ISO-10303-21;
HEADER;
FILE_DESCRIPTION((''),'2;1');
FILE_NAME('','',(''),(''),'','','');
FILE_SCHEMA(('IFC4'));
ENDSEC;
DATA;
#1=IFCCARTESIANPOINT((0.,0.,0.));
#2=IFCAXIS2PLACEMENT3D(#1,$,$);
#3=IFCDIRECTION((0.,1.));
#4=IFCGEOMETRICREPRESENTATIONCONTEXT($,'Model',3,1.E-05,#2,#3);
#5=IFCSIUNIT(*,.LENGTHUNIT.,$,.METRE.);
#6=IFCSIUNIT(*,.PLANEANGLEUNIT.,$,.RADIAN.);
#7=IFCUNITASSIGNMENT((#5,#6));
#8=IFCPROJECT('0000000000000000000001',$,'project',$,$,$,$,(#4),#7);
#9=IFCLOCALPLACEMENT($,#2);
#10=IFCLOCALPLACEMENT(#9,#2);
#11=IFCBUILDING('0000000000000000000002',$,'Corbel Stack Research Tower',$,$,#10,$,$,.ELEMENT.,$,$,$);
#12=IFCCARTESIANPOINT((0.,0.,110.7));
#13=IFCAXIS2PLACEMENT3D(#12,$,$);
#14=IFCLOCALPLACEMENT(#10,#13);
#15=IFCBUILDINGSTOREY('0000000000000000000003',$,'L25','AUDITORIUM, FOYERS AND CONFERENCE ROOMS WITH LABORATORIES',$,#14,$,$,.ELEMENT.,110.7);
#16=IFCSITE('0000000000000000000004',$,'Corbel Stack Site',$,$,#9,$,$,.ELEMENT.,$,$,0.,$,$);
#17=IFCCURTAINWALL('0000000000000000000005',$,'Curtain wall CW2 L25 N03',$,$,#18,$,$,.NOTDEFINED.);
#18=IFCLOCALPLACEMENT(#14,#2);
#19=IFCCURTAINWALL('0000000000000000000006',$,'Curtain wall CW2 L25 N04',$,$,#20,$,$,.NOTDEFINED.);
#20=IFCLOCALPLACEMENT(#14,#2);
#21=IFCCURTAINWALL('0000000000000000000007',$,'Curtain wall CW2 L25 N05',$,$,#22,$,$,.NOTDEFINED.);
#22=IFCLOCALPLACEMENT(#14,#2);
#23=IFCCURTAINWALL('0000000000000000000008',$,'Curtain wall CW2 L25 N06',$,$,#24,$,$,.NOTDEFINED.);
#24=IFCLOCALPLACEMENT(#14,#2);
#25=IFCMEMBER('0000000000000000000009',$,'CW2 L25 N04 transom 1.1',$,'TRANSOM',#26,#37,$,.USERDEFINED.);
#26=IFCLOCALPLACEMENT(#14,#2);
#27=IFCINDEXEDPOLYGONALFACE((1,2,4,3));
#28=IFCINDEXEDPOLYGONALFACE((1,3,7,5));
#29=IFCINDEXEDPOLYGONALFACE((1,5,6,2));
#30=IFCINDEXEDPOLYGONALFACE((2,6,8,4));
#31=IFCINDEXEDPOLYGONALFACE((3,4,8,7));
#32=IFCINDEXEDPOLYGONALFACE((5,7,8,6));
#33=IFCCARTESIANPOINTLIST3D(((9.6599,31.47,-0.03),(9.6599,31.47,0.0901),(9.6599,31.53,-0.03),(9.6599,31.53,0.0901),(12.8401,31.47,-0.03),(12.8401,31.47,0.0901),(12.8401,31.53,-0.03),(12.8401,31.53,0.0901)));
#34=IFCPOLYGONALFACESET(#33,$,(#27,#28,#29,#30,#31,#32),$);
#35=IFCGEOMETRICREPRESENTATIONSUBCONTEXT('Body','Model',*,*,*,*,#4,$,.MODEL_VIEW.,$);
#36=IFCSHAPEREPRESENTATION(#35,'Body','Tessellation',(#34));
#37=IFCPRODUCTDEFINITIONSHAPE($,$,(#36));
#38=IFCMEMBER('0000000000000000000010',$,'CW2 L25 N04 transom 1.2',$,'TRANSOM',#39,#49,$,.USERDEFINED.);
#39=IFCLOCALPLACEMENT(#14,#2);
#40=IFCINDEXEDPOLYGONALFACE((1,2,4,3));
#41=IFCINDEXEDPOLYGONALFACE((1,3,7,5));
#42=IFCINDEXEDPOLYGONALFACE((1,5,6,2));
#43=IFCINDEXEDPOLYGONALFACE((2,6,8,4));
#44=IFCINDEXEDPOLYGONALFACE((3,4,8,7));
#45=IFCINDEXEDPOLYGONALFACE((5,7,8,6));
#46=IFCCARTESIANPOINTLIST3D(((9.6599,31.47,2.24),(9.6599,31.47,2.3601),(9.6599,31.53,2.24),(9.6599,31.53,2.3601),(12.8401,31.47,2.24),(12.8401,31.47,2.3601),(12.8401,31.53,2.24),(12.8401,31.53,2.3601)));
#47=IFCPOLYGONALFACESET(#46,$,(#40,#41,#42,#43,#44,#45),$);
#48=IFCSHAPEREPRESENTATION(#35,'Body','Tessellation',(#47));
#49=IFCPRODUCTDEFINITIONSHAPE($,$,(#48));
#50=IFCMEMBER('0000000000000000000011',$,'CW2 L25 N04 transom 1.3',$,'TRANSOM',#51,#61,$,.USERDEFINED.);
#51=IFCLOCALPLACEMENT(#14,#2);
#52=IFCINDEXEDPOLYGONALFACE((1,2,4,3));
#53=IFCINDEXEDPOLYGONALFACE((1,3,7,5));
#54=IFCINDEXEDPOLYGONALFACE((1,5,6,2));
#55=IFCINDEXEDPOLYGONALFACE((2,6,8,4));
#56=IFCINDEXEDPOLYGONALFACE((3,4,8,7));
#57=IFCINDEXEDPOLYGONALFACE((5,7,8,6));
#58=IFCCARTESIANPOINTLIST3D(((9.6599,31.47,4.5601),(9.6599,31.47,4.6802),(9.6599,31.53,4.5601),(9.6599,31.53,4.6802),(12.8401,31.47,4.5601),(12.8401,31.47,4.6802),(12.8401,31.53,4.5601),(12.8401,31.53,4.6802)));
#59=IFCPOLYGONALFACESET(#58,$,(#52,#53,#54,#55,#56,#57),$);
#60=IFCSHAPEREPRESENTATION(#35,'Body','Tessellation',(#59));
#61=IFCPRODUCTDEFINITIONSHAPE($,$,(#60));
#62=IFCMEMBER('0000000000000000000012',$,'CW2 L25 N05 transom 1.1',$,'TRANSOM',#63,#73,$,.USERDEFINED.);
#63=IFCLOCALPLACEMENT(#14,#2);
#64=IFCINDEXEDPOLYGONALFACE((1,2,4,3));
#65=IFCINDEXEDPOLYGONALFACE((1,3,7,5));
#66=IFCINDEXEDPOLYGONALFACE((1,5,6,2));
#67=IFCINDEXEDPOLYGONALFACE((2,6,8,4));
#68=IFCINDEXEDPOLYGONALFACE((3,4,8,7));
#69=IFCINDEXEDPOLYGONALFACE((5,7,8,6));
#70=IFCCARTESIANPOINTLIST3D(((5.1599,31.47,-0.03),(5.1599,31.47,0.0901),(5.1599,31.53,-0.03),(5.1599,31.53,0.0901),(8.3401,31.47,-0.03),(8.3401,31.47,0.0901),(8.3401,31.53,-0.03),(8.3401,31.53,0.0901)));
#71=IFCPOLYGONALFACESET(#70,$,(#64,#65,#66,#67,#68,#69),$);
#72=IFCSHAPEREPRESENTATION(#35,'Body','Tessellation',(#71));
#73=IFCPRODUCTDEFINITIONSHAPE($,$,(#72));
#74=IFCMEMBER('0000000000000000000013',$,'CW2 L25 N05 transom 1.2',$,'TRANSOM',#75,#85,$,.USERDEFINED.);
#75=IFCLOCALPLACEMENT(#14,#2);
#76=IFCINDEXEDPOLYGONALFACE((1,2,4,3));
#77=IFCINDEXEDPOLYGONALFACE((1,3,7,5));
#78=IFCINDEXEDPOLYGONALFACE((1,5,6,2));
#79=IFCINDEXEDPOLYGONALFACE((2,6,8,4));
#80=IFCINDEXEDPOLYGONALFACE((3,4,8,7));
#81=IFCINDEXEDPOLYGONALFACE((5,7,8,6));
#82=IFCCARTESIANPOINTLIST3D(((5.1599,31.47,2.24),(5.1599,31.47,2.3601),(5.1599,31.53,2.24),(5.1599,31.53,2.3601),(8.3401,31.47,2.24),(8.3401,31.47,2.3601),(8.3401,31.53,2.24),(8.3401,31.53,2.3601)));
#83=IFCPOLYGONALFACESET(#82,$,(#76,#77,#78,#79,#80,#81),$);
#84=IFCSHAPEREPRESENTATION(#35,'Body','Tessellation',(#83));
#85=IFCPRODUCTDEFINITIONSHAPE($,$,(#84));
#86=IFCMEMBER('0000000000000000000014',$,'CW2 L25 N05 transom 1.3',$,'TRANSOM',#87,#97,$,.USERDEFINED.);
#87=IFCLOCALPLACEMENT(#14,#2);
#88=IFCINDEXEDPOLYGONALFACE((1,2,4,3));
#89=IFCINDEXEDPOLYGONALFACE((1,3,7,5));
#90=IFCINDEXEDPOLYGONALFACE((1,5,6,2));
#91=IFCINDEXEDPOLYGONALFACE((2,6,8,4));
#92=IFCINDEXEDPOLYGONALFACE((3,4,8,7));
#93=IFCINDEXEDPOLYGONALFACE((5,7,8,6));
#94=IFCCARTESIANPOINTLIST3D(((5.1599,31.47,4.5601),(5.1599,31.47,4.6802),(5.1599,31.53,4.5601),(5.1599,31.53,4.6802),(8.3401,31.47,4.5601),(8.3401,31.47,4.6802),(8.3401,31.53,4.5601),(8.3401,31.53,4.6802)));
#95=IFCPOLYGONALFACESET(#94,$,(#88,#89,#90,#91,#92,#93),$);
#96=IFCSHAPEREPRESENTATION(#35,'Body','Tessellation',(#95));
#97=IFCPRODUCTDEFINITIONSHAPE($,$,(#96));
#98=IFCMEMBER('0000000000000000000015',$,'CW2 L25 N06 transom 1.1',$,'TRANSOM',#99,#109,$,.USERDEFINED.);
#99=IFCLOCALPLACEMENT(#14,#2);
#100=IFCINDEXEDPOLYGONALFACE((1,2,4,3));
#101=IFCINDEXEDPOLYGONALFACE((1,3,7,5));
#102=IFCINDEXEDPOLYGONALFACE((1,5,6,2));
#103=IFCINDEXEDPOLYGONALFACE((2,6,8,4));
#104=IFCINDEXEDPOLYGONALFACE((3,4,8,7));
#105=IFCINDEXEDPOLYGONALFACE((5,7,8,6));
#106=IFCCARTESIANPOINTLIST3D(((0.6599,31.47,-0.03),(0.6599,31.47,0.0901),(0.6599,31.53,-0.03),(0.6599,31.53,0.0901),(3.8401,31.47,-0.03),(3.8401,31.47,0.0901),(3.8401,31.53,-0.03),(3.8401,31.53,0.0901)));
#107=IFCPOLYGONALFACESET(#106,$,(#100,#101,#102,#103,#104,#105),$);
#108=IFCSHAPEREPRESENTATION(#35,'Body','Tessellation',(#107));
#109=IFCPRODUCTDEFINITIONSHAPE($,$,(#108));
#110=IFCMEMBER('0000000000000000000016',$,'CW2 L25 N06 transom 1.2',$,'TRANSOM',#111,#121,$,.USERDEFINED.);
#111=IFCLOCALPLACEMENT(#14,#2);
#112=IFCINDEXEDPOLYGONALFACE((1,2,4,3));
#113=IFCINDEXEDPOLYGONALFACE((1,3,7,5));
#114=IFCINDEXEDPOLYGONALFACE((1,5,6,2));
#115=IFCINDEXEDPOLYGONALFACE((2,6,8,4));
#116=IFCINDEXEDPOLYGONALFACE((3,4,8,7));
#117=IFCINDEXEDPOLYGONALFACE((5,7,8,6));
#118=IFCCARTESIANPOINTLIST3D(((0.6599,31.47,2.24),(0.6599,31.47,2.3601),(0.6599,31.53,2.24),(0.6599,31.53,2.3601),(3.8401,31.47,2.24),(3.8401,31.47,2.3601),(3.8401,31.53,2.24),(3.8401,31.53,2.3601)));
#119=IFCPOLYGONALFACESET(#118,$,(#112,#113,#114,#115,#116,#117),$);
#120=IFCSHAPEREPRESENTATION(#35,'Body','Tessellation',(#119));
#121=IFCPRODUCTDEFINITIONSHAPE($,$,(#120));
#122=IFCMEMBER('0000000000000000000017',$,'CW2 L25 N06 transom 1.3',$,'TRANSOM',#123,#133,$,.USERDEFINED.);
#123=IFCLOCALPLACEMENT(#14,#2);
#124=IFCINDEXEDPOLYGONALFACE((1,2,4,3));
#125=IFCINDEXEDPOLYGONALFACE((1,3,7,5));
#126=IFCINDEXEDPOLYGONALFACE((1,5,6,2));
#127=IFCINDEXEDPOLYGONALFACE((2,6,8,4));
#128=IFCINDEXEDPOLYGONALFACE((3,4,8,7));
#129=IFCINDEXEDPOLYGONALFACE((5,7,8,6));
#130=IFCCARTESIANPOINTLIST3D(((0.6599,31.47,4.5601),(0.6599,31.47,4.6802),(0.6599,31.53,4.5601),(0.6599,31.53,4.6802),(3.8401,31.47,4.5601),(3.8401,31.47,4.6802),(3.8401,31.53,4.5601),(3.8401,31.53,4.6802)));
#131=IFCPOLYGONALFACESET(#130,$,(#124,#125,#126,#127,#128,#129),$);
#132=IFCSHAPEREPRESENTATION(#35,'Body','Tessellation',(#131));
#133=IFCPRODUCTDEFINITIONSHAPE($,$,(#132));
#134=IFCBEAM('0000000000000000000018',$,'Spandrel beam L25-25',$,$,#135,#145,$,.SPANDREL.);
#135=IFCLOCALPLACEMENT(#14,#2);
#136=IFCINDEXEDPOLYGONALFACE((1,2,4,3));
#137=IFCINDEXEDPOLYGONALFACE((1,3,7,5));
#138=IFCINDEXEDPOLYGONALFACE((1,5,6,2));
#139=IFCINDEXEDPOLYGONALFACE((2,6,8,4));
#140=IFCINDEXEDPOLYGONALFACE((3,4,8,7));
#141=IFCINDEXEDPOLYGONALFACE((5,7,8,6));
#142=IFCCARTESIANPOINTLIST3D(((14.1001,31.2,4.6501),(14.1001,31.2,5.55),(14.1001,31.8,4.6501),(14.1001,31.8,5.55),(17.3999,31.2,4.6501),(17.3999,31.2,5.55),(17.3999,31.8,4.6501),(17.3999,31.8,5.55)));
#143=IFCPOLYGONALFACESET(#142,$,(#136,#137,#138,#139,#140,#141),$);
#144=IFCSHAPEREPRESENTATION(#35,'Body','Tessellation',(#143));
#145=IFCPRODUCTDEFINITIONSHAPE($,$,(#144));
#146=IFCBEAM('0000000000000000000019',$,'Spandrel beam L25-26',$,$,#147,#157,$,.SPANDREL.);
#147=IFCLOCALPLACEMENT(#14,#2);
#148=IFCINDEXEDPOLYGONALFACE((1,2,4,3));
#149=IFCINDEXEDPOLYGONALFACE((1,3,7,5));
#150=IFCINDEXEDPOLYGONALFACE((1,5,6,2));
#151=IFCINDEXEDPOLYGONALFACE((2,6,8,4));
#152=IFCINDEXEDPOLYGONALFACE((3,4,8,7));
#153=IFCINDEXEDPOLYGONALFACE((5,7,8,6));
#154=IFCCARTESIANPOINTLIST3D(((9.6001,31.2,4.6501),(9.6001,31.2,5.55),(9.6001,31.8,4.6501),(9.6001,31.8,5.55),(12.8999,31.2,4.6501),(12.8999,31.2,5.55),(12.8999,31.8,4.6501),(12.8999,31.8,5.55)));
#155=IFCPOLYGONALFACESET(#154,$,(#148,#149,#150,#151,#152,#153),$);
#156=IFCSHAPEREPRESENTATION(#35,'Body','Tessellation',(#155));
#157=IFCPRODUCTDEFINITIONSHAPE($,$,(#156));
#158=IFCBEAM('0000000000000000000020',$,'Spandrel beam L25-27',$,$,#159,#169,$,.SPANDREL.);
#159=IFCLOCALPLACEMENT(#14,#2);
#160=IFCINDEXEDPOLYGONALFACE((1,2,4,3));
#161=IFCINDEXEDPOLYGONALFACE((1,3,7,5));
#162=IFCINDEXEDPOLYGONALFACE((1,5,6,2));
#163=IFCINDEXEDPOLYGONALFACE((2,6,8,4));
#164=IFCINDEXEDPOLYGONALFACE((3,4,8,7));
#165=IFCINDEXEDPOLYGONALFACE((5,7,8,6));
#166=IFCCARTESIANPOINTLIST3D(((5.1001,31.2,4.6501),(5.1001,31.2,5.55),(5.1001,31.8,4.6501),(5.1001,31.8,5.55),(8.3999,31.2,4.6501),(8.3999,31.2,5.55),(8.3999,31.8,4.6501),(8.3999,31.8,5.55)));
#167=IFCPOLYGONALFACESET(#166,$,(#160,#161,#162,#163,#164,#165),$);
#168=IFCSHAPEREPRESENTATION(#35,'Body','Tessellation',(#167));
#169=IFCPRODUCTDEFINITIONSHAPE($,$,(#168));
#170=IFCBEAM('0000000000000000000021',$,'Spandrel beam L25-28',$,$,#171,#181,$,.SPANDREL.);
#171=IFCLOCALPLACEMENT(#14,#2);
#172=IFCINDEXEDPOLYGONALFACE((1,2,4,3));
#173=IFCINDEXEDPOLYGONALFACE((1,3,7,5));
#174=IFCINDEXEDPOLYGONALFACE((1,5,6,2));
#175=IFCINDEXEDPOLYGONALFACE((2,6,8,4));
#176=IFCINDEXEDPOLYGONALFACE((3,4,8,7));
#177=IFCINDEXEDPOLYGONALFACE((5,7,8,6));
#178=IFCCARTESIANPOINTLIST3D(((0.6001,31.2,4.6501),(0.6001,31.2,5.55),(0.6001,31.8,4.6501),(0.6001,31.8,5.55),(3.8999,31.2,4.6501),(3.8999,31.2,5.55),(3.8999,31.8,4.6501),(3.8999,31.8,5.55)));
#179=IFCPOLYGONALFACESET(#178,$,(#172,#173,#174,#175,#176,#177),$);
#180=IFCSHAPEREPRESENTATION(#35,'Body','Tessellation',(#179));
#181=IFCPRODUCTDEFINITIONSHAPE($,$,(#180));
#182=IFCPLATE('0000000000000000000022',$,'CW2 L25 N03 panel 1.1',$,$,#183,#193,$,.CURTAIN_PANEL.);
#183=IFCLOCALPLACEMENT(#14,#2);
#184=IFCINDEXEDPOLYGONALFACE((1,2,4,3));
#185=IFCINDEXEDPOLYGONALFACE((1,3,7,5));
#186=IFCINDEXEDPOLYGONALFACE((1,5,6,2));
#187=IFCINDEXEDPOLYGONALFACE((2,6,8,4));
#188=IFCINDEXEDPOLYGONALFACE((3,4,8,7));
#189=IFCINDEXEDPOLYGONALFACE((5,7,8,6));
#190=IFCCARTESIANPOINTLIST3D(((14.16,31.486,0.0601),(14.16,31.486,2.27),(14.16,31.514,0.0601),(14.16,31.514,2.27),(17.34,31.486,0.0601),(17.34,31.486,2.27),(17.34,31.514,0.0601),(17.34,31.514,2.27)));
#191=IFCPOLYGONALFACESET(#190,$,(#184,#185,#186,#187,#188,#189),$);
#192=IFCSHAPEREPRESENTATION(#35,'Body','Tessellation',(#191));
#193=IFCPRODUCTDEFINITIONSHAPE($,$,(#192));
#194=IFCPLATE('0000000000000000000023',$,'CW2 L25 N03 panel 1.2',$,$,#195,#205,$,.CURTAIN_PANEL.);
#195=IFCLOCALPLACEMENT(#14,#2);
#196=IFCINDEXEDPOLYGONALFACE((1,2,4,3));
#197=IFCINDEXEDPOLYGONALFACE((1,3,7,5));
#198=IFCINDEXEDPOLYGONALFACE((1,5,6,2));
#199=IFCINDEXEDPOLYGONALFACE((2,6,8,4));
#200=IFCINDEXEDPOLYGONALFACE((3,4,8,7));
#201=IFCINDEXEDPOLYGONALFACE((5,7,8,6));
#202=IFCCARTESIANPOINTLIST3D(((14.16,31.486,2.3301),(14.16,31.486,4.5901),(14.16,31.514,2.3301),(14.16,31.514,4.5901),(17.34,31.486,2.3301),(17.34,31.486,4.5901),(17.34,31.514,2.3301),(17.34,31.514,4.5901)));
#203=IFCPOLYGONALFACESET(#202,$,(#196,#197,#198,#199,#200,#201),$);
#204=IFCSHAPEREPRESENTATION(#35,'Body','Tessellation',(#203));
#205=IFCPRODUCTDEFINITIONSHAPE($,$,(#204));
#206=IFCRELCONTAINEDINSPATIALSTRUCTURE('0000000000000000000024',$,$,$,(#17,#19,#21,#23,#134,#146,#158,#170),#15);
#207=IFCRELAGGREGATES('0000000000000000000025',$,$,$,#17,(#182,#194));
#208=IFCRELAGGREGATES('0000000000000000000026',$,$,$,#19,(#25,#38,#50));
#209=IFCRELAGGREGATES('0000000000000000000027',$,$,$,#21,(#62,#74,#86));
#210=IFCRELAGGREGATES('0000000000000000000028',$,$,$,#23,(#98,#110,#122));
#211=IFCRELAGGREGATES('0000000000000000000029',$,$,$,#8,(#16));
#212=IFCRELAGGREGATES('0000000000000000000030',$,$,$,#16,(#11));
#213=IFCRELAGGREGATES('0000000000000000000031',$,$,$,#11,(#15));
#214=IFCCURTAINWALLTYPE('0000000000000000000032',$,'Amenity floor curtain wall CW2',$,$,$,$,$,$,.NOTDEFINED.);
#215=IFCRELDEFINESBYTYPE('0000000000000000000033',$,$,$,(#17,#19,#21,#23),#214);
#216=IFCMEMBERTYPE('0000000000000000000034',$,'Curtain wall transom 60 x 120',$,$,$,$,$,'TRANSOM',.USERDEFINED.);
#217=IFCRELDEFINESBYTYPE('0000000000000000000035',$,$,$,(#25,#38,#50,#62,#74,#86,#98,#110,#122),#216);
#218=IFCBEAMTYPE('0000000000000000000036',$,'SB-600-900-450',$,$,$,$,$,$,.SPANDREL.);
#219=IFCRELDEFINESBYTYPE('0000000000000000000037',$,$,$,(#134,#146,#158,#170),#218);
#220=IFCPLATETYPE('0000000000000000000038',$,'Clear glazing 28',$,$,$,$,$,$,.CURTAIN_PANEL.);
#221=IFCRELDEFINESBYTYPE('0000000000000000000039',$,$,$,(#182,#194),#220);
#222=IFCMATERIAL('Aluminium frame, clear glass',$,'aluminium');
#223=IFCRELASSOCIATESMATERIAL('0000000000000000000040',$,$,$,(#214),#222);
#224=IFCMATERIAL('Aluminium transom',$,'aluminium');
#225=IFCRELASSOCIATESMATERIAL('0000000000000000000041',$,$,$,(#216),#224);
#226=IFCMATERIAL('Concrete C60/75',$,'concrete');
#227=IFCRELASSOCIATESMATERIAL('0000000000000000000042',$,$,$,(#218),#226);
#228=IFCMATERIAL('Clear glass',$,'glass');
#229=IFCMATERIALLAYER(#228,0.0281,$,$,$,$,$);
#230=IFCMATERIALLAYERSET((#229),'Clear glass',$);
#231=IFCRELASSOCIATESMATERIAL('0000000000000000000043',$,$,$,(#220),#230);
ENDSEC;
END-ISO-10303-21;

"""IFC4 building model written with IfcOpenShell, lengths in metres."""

from ifc_helpers import new_model, si_unit, direction, frame, origin, origin_2d, place, context, subcontext, project, spatial, rectangle, extrude, material, layer, layer_set, material_profile, profile_set, type_object, element, aggregate, save


model = new_model("IFC4")

# Units and contexts
model_context = context("Model", 3, precision=1e-05, world=origin(), true_north=direction((0.0, 1.0)))
body_context = subcontext(model_context, "Body", "Model", "MODEL_VIEW")
ifc_project = project(units=[si_unit("LENGTHUNIT", "METRE"), si_unit("PLANEANGLEUNIT", "RADIAN")], contexts=[model_context])

# Site, building, storey
site_placement = place(None, origin())
site = spatial("IfcSite", under=ifc_project, at=site_placement, Name="Corbel Stack Site", CompositionType="ELEMENT", RefElevation=0.0)
building_placement = place(site_placement, origin())
building = spatial("IfcBuilding", under=site, at=building_placement, Name="Corbel Stack Research Tower", CompositionType="ELEMENT")
storey_placement = place(building_placement, frame((0.0, 0.0, 110.7)))
storey = spatial("IfcBuildingStorey", under=building, at=storey_placement, Name="L25", Description="AUDITORIUM, FOYERS AND CONFERENCE ROOMS WITH LABORATORIES", CompositionType="ELEMENT", Elevation=110.7)

# Curtain walls
ifc_material_1 = material(Name="Aluminium frame, clear glass", Category="aluminium")
curtain_wall_type = type_object("IfcCurtainWallType", Name="Amenity floor curtain wall CW2", PredefinedType="NOTDEFINED", material=ifc_material_1)
curtain_wall_1_placement = place(storey_placement, origin())
curtain_wall_1 = element("IfcCurtainWall", 1, at=curtain_wall_1_placement, inside=storey, type_object=curtain_wall_type, Name="Curtain wall CW2 L25 N03", PredefinedType="NOTDEFINED")
curtain_wall_2_placement = place(storey_placement, origin())
curtain_wall_2 = element("IfcCurtainWall", 2, at=curtain_wall_2_placement, inside=storey, type_object=curtain_wall_type, Name="Curtain wall CW2 L25 N04", PredefinedType="NOTDEFINED")
curtain_wall_3_placement = place(storey_placement, origin())
curtain_wall_3 = element("IfcCurtainWall", 3, at=curtain_wall_3_placement, inside=storey, type_object=curtain_wall_type, Name="Curtain wall CW2 L25 N05", PredefinedType="NOTDEFINED")
curtain_wall_4_placement = place(storey_placement, origin())
curtain_wall_4 = element("IfcCurtainWall", 4, at=curtain_wall_4_placement, inside=storey, type_object=curtain_wall_type, Name="Curtain wall CW2 L25 N06", PredefinedType="NOTDEFINED")

# Members
ifc_material_2 = material(Name="Aluminium transom", Category="aluminium")
ifc_material_profile_1 = material_profile(ifc_material_2, rectangle(XDim=0.0601, YDim=0.1201, at=origin_2d()), Name="Transom 60 x 120")
ifc_profile_set_1 = profile_set([ifc_material_profile_1], Name="Aluminium transom")
member_type_1 = type_object("IfcMemberType", Name="Curtain wall transom 60 x 120", ElementType="TRANSOM", PredefinedType="USERDEFINED", material=ifc_profile_set_1)
member_1_placement = place(storey_placement, frame((12.8401, 31.5, 0.03), z_axis=(-1.0, 0.0, 0.0), x_axis=(0.0, -1.0, 0.0)))
member_1 = element("IfcMember", 5, at=member_1_placement, type_object=member_type_1, Name="CW2 L25 N04 transom 1.1", ObjectType="TRANSOM", PredefinedType="USERDEFINED", context=body_context, shape_type="SweptSolid", body=[
    extrude(rectangle(XDim=0.0601, YDim=0.1201, at=origin_2d()), origin(), (0.0, 0.0, 1.0), 3.1802),
])
member_2_placement = place(storey_placement, frame((12.8401, 31.5, 2.3), z_axis=(-1.0, 0.0, 0.0), x_axis=(0.0, -1.0, 0.0)))
member_2 = element("IfcMember", 6, at=member_2_placement, type_object=member_type_1, Name="CW2 L25 N04 transom 1.2", ObjectType="TRANSOM", PredefinedType="USERDEFINED", context=body_context, shape_type="SweptSolid", body=[
    extrude(rectangle(XDim=0.0601, YDim=0.1201, at=origin_2d()), origin(), (0.0, 0.0, 1.0), 3.1802),
])
member_3_placement = place(storey_placement, frame((12.8401, 31.5, 4.6201), z_axis=(-1.0, 0.0, 0.0), x_axis=(0.0, -1.0, 0.0)))
member_3 = element("IfcMember", 7, at=member_3_placement, type_object=member_type_1, Name="CW2 L25 N04 transom 1.3", ObjectType="TRANSOM", PredefinedType="USERDEFINED", context=body_context, shape_type="SweptSolid", body=[
    extrude(rectangle(XDim=0.0601, YDim=0.1201, at=origin_2d()), origin(), (0.0, 0.0, 1.0), 3.1802),
])
member_4_placement = place(storey_placement, frame((8.3401, 31.5, 0.03), z_axis=(-1.0, 0.0, 0.0), x_axis=(0.0, -1.0, 0.0)))
member_4 = element("IfcMember", 8, at=member_4_placement, type_object=member_type_1, Name="CW2 L25 N05 transom 1.1", ObjectType="TRANSOM", PredefinedType="USERDEFINED", context=body_context, shape_type="SweptSolid", body=[
    extrude(rectangle(XDim=0.0601, YDim=0.1201, at=origin_2d()), origin(), (0.0, 0.0, 1.0), 3.1802),
])
member_5_placement = place(storey_placement, frame((8.3401, 31.5, 2.3), z_axis=(-1.0, 0.0, 0.0), x_axis=(0.0, -1.0, 0.0)))
member_5 = element("IfcMember", 9, at=member_5_placement, type_object=member_type_1, Name="CW2 L25 N05 transom 1.2", ObjectType="TRANSOM", PredefinedType="USERDEFINED", context=body_context, shape_type="SweptSolid", body=[
    extrude(rectangle(XDim=0.0601, YDim=0.1201, at=origin_2d()), origin(), (0.0, 0.0, 1.0), 3.1802),
])
member_6_placement = place(storey_placement, frame((8.3401, 31.5, 4.6201), z_axis=(-1.0, 0.0, 0.0), x_axis=(0.0, -1.0, 0.0)))
member_6 = element("IfcMember", 10, at=member_6_placement, type_object=member_type_1, Name="CW2 L25 N05 transom 1.3", ObjectType="TRANSOM", PredefinedType="USERDEFINED", context=body_context, shape_type="SweptSolid", body=[
    extrude(rectangle(XDim=0.0601, YDim=0.1201, at=origin_2d()), origin(), (0.0, 0.0, 1.0), 3.1802),
])
member_7_placement = place(storey_placement, frame((3.8401, 31.5, 0.03), z_axis=(-1.0, 0.0, 0.0), x_axis=(0.0, -1.0, 0.0)))
member_7 = element("IfcMember", 11, at=member_7_placement, type_object=member_type_1, Name="CW2 L25 N06 transom 1.1", ObjectType="TRANSOM", PredefinedType="USERDEFINED", context=body_context, shape_type="SweptSolid", body=[
    extrude(rectangle(XDim=0.0601, YDim=0.1201, at=origin_2d()), origin(), (0.0, 0.0, 1.0), 3.1802),
])
member_8_placement = place(storey_placement, frame((3.8401, 31.5, 2.3), z_axis=(-1.0, 0.0, 0.0), x_axis=(0.0, -1.0, 0.0)))
member_8 = element("IfcMember", 12, at=member_8_placement, type_object=member_type_1, Name="CW2 L25 N06 transom 1.2", ObjectType="TRANSOM", PredefinedType="USERDEFINED", context=body_context, shape_type="SweptSolid", body=[
    extrude(rectangle(XDim=0.0601, YDim=0.1201, at=origin_2d()), origin(), (0.0, 0.0, 1.0), 3.1802),
])
member_9_placement = place(storey_placement, frame((3.8401, 31.5, 4.6201), z_axis=(-1.0, 0.0, 0.0), x_axis=(0.0, -1.0, 0.0)))
member_9 = element("IfcMember", 13, at=member_9_placement, type_object=member_type_1, Name="CW2 L25 N06 transom 1.3", ObjectType="TRANSOM", PredefinedType="USERDEFINED", context=body_context, shape_type="SweptSolid", body=[
    extrude(rectangle(XDim=0.0601, YDim=0.1201, at=origin_2d()), origin(), (0.0, 0.0, 1.0), 3.1802),
])

# Beams
ifc_material_3 = material(Name="Concrete C60/75", Category="concrete")
ifc_material_profile_2 = material_profile(ifc_material_3, rectangle(XDim=0.6001, YDim=0.8999, at=origin_2d()), Name="RC 600 x 900")
ifc_profile_set_2 = profile_set([ifc_material_profile_2], Name="Concrete C60/75")
beam_type = type_object("IfcBeamType", Name="SB-600-900-450", PredefinedType="SPANDREL", material=ifc_profile_set_2)
for number, where, z_axis, x_axis, name in (
    (14, (17.3999, 31.5, 5.1001), (-1.0, 0.0, 0.0), (0.0, -1.0, 0.0), "Spandrel beam L25-25"),
    (15, (12.8999, 31.5, 5.1001), (-1.0, 0.0, 0.0), (0.0, -1.0, 0.0), "Spandrel beam L25-26"),
    (16, (8.3999, 31.5, 5.1001), (-1.0, 0.0, 0.0), (0.0, -1.0, 0.0), "Spandrel beam L25-27"),
    (17, (3.8999, 31.5, 5.1001), (-1.0, 0.0, 0.0), (0.0, -1.0, 0.0), "Spandrel beam L25-28"),
):
    element("IfcBeam", number, at=place(storey_placement, frame(where, z_axis=z_axis, x_axis=x_axis)), inside=storey, type_object=beam_type, Name=name, PredefinedType="SPANDREL", context=body_context, shape_type="SweptSolid", body=[
        extrude(rectangle(XDim=0.6001, YDim=0.8999, at=origin_2d()), origin(), (0.0, 0.0, 1.0), 3.2998),
    ])

# Plates
ifc_material_4 = material(Name="Clear glass", Category="glass")
ifc_layer_1 = layer(ifc_material_4, 0.0281)
ifc_layer_set_1 = layer_set([ifc_layer_1], Name="Clear glass")
plate_type = type_object("IfcPlateType", Name="Clear glazing 28", PredefinedType="CURTAIN_PANEL", material=ifc_layer_set_1)
plate_1_placement = place(storey_placement, frame((15.75, 31.5, 0.0601), z_axis=(0.0, 0.0, 1.0), x_axis=(-1.0, 0.0, 0.0)))
plate_1 = element("IfcPlate", 18, at=plate_1_placement, type_object=plate_type, Name="CW2 L25 N03 panel 1.1", PredefinedType="CURTAIN_PANEL", context=body_context, shape_type="SweptSolid", body=[
    extrude(rectangle(XDim=3.1799, YDim=0.0281, at=origin_2d()), origin(), (0.0, 0.0, 1.0), 2.21),
])
plate_2_placement = place(storey_placement, frame((15.75, 31.5, 2.3301), z_axis=(0.0, 0.0, 1.0), x_axis=(-1.0, 0.0, 0.0)))
plate_2 = element("IfcPlate", 19, at=plate_2_placement, type_object=plate_type, Name="CW2 L25 N03 panel 1.2", PredefinedType="CURTAIN_PANEL", context=body_context, shape_type="SweptSolid", body=[
    extrude(rectangle(XDim=3.1799, YDim=0.0281, at=origin_2d()), origin(), (0.0, 0.0, 1.0), 2.26),
])
aggregate(curtain_wall_1, [plate_1, plate_2])
aggregate(curtain_wall_2, [member_1, member_2, member_3])
aggregate(curtain_wall_3, [member_4, member_5, member_6])
aggregate(curtain_wall_4, [member_7, member_8, member_9])

save(model, "model.ifc")
